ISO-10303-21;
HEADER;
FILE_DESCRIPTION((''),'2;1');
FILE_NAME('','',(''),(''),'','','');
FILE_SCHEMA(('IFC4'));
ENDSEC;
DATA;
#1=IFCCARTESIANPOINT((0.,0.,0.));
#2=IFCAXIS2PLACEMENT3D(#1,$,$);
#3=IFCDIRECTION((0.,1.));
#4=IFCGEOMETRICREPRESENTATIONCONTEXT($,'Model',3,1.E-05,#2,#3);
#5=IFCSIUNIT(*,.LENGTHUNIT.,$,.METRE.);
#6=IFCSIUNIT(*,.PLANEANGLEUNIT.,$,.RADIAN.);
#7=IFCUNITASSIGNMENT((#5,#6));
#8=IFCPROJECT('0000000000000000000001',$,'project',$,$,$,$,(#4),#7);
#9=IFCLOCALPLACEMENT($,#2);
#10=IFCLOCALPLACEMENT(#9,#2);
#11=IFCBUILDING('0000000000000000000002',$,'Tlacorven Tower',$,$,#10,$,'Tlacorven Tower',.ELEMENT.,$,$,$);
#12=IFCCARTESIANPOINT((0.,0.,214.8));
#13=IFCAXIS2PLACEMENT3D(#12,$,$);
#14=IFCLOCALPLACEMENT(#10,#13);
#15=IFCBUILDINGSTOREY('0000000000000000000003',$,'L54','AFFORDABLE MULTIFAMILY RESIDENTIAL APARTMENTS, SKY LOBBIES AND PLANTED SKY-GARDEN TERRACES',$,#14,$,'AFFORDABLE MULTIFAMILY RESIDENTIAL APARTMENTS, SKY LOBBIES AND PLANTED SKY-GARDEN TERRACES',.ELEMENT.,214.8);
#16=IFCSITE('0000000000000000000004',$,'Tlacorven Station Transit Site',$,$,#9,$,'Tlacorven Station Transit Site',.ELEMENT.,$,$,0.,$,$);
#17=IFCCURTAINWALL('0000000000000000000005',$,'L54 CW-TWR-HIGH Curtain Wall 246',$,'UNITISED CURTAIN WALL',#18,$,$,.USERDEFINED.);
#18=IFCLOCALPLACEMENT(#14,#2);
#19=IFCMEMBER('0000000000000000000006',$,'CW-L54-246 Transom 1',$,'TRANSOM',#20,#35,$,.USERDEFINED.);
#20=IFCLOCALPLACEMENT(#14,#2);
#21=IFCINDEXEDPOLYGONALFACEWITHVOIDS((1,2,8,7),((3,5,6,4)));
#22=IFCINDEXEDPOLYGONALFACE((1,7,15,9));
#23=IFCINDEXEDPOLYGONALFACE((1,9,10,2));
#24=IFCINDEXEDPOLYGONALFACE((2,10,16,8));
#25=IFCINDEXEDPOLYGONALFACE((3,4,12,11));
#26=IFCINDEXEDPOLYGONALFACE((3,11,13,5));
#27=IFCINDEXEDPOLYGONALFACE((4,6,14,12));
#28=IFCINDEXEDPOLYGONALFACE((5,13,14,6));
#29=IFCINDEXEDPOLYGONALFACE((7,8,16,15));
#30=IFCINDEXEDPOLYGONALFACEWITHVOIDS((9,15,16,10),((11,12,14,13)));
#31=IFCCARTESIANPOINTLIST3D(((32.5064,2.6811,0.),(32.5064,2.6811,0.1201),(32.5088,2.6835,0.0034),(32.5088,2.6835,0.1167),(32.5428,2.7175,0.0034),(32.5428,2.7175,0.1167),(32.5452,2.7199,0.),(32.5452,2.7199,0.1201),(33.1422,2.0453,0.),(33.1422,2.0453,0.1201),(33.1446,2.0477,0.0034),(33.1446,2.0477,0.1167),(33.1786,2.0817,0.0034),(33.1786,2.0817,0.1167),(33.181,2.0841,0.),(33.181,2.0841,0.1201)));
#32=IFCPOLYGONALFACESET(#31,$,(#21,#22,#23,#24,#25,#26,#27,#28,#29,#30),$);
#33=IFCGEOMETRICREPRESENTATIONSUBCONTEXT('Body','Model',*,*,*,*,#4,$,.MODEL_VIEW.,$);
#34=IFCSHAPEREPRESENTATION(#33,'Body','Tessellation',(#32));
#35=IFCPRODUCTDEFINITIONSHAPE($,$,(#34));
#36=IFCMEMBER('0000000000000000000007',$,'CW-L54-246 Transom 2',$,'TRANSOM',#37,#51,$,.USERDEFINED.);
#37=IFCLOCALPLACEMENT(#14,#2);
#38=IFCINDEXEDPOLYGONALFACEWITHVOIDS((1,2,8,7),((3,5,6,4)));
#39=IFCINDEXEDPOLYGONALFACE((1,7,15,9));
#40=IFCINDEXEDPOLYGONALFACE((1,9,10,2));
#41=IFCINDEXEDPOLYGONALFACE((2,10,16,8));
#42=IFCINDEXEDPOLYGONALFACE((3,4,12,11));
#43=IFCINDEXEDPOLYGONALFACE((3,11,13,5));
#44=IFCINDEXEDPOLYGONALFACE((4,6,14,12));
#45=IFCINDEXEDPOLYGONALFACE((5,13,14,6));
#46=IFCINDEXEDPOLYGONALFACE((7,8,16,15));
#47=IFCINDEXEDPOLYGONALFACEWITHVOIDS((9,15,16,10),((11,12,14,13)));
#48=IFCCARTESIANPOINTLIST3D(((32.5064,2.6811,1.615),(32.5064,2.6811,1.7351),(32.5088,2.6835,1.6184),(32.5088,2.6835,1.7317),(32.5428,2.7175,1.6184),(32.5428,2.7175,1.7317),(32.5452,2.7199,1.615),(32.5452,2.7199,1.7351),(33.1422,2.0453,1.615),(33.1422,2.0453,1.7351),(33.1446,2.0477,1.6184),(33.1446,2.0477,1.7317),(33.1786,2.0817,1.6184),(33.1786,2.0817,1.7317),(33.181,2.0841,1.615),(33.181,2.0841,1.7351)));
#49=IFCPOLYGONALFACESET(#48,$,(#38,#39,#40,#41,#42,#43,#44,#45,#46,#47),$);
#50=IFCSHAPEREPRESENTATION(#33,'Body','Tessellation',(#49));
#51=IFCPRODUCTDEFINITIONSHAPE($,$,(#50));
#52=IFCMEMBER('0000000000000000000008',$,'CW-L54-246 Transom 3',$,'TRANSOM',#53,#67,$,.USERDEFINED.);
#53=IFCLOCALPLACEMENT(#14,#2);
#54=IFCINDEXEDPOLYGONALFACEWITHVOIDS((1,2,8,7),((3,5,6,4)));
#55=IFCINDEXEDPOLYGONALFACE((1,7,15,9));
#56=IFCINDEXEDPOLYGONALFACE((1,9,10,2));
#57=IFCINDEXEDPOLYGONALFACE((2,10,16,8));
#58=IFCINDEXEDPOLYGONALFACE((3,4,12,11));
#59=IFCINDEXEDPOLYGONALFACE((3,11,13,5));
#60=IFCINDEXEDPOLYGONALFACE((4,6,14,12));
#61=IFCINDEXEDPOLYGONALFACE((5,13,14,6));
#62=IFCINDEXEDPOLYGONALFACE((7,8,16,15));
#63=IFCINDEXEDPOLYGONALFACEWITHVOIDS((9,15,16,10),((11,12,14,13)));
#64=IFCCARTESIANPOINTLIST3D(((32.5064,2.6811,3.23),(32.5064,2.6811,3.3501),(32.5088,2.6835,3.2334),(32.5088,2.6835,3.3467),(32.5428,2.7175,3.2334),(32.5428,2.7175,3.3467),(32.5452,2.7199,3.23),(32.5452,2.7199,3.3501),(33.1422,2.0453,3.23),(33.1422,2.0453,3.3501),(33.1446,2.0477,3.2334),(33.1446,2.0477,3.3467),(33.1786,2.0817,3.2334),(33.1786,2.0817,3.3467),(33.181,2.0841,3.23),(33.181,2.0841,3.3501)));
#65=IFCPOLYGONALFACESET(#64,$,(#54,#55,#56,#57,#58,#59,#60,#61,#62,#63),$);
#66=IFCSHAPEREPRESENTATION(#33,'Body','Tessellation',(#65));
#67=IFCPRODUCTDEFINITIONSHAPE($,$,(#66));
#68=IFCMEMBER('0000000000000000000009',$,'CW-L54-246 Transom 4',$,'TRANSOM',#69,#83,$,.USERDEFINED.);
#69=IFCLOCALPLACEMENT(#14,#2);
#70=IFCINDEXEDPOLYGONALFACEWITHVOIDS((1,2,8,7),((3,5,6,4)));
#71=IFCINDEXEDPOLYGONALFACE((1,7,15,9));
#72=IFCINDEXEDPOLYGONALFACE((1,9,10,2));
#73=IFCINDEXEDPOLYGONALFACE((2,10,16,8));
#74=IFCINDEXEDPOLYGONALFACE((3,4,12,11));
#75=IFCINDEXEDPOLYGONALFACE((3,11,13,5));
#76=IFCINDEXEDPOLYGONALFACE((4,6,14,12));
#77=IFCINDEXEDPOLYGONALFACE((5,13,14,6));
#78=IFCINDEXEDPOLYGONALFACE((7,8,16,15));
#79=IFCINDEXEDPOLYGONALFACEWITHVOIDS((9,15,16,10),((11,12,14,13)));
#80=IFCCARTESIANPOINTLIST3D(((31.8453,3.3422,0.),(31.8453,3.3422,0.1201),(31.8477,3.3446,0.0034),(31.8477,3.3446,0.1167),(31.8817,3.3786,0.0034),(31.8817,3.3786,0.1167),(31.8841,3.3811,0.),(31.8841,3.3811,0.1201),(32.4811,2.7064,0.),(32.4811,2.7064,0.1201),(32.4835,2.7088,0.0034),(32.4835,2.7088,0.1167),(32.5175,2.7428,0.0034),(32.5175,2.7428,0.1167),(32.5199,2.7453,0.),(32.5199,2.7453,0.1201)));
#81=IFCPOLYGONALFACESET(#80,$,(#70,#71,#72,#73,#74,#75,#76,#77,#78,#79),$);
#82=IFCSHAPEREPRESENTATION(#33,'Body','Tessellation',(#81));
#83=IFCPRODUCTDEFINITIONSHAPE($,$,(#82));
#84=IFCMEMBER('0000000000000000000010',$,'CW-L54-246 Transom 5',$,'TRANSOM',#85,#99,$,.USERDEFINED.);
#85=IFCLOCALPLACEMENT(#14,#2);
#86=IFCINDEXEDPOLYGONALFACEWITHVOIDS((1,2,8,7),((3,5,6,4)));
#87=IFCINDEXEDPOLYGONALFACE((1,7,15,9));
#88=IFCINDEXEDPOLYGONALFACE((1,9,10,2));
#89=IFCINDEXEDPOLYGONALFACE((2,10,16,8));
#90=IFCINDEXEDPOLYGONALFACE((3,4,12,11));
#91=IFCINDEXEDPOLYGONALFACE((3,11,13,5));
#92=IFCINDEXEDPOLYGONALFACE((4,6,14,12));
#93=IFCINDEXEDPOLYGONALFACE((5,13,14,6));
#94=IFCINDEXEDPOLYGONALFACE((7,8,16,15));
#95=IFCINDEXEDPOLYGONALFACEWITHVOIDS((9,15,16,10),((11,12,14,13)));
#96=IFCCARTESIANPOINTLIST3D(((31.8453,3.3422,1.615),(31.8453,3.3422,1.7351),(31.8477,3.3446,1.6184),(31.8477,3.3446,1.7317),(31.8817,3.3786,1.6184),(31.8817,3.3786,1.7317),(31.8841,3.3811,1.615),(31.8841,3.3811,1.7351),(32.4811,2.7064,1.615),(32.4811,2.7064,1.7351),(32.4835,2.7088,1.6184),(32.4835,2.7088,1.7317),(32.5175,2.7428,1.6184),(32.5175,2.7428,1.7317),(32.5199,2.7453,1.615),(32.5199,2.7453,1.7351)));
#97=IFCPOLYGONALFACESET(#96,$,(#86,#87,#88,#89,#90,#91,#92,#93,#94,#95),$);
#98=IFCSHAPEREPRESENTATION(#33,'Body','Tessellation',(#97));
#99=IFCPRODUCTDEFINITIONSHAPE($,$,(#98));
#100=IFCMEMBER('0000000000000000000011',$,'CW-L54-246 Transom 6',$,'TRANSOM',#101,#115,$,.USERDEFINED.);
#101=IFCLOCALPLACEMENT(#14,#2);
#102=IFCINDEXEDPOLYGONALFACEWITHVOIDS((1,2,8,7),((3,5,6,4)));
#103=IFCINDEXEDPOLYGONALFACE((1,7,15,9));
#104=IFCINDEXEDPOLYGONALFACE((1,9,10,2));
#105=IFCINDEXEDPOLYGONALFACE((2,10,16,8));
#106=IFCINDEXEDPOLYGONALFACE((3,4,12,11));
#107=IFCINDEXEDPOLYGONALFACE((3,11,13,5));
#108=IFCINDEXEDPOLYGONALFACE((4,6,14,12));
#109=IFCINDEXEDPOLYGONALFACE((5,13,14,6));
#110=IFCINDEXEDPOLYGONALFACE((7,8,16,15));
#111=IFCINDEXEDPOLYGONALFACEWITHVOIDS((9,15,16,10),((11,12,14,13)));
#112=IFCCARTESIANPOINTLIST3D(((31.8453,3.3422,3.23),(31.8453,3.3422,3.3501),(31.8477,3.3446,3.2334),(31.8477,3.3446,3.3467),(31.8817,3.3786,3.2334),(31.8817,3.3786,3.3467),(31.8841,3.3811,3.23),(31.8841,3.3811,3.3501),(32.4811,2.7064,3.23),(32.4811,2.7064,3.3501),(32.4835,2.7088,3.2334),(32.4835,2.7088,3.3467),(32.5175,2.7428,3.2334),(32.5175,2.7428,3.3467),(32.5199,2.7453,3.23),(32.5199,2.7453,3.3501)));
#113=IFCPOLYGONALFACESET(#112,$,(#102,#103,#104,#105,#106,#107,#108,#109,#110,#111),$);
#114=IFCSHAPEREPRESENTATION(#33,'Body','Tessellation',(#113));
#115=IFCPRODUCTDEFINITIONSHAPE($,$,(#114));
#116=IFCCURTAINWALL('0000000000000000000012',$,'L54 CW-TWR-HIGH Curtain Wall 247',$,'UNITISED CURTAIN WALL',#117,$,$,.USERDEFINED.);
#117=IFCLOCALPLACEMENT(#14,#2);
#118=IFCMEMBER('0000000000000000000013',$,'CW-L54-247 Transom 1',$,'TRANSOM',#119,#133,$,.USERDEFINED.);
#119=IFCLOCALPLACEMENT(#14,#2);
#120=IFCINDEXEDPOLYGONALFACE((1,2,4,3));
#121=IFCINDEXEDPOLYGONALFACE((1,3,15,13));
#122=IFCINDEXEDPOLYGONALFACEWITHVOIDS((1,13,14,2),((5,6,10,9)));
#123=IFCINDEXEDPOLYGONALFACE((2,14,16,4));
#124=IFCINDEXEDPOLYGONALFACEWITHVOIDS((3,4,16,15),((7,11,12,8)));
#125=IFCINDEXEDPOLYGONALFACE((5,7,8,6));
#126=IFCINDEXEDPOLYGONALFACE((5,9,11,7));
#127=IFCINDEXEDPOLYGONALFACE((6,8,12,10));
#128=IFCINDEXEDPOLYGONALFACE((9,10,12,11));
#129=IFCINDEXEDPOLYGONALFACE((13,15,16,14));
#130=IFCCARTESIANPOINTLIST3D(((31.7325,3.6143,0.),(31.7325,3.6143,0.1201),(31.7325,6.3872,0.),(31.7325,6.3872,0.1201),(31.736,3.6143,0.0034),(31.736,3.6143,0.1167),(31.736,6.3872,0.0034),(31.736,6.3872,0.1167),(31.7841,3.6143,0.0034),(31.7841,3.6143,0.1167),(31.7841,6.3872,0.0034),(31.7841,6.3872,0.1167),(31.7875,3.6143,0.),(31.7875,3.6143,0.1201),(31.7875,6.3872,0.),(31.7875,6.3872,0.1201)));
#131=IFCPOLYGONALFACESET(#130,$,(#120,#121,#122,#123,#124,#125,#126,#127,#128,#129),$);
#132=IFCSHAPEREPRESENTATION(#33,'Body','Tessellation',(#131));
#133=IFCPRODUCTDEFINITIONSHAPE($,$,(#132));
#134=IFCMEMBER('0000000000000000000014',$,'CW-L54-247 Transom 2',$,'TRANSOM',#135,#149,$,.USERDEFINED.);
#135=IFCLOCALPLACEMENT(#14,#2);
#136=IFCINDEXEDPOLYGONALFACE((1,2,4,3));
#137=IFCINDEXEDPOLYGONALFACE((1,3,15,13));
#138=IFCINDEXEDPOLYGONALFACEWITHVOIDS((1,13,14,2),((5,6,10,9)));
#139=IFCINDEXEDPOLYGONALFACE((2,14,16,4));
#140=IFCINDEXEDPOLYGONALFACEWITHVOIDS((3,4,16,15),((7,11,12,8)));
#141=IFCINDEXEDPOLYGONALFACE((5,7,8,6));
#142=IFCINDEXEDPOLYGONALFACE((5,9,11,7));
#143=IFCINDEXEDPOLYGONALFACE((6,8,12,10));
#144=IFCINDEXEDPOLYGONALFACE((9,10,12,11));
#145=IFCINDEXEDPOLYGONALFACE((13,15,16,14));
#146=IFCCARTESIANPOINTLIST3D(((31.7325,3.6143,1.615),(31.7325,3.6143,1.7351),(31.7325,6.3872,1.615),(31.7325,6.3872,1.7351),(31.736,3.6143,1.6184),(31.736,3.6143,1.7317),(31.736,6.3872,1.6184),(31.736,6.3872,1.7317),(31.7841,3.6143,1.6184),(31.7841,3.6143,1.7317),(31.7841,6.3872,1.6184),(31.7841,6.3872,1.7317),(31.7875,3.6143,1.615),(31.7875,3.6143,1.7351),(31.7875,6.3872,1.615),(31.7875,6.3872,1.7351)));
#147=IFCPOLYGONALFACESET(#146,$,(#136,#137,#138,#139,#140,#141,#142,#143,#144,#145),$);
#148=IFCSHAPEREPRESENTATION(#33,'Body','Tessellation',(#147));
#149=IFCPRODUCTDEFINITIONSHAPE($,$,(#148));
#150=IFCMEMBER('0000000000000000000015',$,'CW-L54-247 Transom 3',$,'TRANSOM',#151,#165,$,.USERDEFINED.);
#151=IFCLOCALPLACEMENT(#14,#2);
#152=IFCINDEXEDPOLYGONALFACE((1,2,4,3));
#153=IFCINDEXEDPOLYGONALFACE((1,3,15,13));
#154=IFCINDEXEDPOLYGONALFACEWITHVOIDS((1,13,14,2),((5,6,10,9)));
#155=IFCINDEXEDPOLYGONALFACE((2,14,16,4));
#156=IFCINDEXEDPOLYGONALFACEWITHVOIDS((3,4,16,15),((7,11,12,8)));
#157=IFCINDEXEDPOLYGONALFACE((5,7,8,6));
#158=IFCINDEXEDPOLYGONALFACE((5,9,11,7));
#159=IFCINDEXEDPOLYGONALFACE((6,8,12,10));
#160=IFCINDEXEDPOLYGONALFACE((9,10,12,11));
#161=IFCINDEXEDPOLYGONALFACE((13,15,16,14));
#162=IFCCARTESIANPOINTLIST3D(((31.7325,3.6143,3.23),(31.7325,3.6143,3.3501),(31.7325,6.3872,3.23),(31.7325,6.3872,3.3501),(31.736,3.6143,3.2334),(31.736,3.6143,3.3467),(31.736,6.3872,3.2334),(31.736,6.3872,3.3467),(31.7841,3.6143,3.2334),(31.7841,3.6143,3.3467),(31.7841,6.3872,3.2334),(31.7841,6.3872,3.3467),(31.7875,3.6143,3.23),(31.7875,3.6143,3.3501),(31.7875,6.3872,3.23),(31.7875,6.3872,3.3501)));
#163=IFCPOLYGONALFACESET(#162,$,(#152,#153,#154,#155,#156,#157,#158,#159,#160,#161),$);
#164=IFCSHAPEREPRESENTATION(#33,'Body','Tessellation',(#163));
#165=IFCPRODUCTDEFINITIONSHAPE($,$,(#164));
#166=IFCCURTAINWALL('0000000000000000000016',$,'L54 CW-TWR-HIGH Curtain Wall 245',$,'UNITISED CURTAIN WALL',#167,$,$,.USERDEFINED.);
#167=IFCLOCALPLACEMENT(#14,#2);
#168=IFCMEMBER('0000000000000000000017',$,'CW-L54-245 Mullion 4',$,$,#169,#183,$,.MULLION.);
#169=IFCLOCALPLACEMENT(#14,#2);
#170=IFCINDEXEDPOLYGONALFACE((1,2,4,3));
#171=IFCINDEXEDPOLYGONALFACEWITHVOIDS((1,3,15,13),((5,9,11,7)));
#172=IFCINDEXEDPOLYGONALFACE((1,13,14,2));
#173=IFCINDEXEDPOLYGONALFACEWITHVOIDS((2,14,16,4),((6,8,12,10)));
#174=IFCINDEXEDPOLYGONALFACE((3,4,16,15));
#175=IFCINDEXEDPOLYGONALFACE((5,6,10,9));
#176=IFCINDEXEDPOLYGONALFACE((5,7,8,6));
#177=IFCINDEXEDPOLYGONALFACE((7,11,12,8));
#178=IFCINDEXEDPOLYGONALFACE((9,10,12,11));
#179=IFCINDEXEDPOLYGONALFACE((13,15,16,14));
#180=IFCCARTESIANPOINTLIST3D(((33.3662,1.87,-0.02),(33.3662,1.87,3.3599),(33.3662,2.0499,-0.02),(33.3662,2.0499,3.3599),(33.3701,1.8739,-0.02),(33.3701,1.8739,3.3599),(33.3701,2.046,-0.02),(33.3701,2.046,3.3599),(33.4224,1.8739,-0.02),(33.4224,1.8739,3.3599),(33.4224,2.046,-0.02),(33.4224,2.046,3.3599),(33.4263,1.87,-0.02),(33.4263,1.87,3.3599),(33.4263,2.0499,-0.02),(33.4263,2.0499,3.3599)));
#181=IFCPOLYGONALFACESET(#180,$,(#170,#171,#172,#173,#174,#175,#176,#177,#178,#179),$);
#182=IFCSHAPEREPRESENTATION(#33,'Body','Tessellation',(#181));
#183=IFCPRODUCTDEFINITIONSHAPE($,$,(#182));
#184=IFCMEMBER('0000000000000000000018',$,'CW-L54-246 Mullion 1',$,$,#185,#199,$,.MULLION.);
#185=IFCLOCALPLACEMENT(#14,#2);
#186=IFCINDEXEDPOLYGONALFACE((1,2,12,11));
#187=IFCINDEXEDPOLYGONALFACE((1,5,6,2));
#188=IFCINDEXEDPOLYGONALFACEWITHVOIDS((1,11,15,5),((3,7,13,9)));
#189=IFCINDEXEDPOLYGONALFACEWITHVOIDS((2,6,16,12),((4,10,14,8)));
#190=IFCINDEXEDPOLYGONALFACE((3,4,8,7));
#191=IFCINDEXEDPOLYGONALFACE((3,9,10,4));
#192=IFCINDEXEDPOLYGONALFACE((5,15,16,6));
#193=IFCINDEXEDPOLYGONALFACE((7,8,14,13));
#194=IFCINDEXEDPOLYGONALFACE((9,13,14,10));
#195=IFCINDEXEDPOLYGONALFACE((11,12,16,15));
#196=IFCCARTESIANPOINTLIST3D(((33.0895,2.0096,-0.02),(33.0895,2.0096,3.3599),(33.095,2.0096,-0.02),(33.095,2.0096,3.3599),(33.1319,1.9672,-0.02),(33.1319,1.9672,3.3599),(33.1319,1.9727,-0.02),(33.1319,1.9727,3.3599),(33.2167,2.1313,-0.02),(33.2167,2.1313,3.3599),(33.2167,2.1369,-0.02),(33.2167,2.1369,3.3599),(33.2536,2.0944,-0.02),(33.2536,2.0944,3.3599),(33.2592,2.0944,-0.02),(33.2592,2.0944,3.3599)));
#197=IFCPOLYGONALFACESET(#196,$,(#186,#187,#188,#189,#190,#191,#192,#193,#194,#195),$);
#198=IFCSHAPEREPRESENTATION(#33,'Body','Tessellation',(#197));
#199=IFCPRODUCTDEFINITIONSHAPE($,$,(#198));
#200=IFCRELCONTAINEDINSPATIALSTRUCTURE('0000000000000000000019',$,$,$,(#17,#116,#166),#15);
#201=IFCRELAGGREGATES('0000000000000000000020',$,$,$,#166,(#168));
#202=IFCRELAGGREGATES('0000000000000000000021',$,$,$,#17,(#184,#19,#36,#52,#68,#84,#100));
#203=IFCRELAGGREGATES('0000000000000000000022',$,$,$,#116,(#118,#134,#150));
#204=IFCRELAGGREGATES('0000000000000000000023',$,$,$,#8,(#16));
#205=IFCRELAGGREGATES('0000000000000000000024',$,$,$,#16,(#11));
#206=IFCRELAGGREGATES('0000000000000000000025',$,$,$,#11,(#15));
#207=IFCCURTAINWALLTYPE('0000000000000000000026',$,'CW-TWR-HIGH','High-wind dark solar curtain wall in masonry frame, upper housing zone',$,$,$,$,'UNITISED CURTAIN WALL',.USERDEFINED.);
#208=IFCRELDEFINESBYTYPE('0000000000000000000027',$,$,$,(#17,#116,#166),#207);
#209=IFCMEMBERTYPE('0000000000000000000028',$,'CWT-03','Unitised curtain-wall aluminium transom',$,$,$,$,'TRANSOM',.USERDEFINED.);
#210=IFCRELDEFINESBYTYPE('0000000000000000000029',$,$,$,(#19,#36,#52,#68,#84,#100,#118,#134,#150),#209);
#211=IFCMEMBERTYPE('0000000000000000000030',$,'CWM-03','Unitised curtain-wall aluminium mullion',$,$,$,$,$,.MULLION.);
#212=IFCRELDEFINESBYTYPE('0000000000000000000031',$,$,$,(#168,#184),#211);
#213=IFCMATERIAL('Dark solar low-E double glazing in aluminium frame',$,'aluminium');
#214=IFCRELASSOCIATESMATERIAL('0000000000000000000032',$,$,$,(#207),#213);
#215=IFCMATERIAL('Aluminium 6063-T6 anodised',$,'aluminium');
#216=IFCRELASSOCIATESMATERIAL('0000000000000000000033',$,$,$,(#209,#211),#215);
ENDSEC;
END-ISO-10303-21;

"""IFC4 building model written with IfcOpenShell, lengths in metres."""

from ifc_helpers import new_model, si_unit, direction, frame, origin, origin_2d, place, context, subcontext, project, spatial, hollow_rectangle, extrude, source, transform, mapped, material, material_profile, profile_set, type_object, element, aggregate, save


model = new_model("IFC4")

# Units and contexts
model_context = context("Model", 3, precision=1e-05, world=origin(), true_north=direction((0.0, 1.0)))
body_context = subcontext(model_context, "Body", "Model", "MODEL_VIEW")
ifc_project = project(units=[si_unit("LENGTHUNIT", "METRE"), si_unit("PLANEANGLEUNIT", "RADIAN")], contexts=[model_context])

# Site, building, storey
site_placement = place(None, origin())
site = spatial("IfcSite", under=ifc_project, at=site_placement, Name="Tlacorven Station Transit Site", LongName="Tlacorven Station Transit Site", CompositionType="ELEMENT", RefElevation=0.0)
building_placement = place(site_placement, origin())
building = spatial("IfcBuilding", under=site, at=building_placement, Name="Tlacorven Tower", LongName="Tlacorven Tower", CompositionType="ELEMENT")
storey_placement = place(building_placement, frame((0.0, 0.0, 214.8)))
storey = spatial("IfcBuildingStorey", under=building, at=storey_placement, Name="L54", Description="AFFORDABLE MULTIFAMILY RESIDENTIAL APARTMENTS, SKY LOBBIES AND PLANTED SKY-GARDEN TERRACES", LongName="AFFORDABLE MULTIFAMILY RESIDENTIAL APARTMENTS, SKY LOBBIES AND PLANTED SKY-GARDEN TERRACES", CompositionType="ELEMENT", Elevation=214.8)

# Curtain walls, members
ifc_material_1 = material(Name="Dark solar low-E double glazing in aluminium frame", Category="aluminium")
curtain_wall_type = type_object("IfcCurtainWallType", Name="CW-TWR-HIGH", Description="High-wind dark solar curtain wall in masonry frame, upper housing zone", ElementType="UNITISED CURTAIN WALL", PredefinedType="USERDEFINED", material=ifc_material_1)
curtain_wall_1_placement = place(storey_placement, origin())
curtain_wall_1 = element("IfcCurtainWall", 1, at=curtain_wall_1_placement, inside=storey, type_object=curtain_wall_type, Name="L54 CW-TWR-HIGH Curtain Wall 246", ObjectType="UNITISED CURTAIN WALL", PredefinedType="USERDEFINED")
ifc_material_2 = material(Name="Aluminium 6063-T6 anodised", Category="aluminium")
ifc_material_profile_1 = material_profile(ifc_material_2, hollow_rectangle(XDim=0.0549, YDim=0.1201, WallThickness=0.0034, at=origin_2d()), Name="ALU TRANSOM 55X120")
ifc_profile_set_1 = profile_set([ifc_material_profile_1], Name="Aluminium 6063-T6 anodised")
member_type_1 = type_object("IfcMemberType", Name="CWT-03", Description="Unitised curtain-wall aluminium transom", ElementType="TRANSOM", PredefinedType="USERDEFINED", material=ifc_profile_set_1)
shared_shape_1 = source(origin(), body_context, "Body", "SweptSolid", [
    extrude(hollow_rectangle(XDim=0.0549, YDim=0.1201, WallThickness=0.0034, at=origin_2d()), origin(), (0.0, 0.0, 1.0), 0.8992),
])
member_1_placement = place(storey_placement, frame((33.1616, 2.0647, 0.0601), z_axis=(-0.707107, 0.707107, 0.0), x_axis=(-0.707107, -0.707107, 0.0)))
member_1 = element("IfcMember", 2, at=member_1_placement, type_object=member_type_1, Name="CW-L54-246 Transom 1", ObjectType="TRANSOM", PredefinedType="USERDEFINED", context=body_context, shape_type="MappedRepresentation", body=[
    mapped(shared_shape_1, transform((0.0, 0.0, 0.0), scale=1.0)),
])
member_2_placement = place(storey_placement, frame((33.1616, 2.0647, 1.675), z_axis=(-0.707107, 0.707107, 0.0), x_axis=(-0.707107, -0.707107, 0.0)))
member_2 = element("IfcMember", 3, at=member_2_placement, type_object=member_type_1, Name="CW-L54-246 Transom 2", ObjectType="TRANSOM", PredefinedType="USERDEFINED", context=body_context, shape_type="MappedRepresentation", body=[
    mapped(shared_shape_1, transform((0.0, 0.0, 0.0), scale=1.0)),
])
member_3_placement = place(storey_placement, frame((33.1616, 2.0647, 3.29), z_axis=(-0.707107, 0.707107, 0.0), x_axis=(-0.707107, -0.707107, 0.0)))
member_3 = element("IfcMember", 4, at=member_3_placement, type_object=member_type_1, Name="CW-L54-246 Transom 3", ObjectType="TRANSOM", PredefinedType="USERDEFINED", context=body_context, shape_type="MappedRepresentation", body=[
    mapped(shared_shape_1, transform((0.0, 0.0, 0.0), scale=1.0)),
])
member_4_placement = place(storey_placement, frame((32.5005, 2.7258, 0.0601), z_axis=(-0.707107, 0.707107, 0.0), x_axis=(-0.707107, -0.707107, 0.0)))
member_4 = element("IfcMember", 5, at=member_4_placement, type_object=member_type_1, Name="CW-L54-246 Transom 4", ObjectType="TRANSOM", PredefinedType="USERDEFINED", context=body_context, shape_type="MappedRepresentation", body=[
    mapped(shared_shape_1, transform((0.0, 0.0, 0.0), scale=1.0)),
])
member_5_placement = place(storey_placement, frame((32.5005, 2.7258, 1.675), z_axis=(-0.707107, 0.707107, 0.0), x_axis=(-0.707107, -0.707107, 0.0)))
member_5 = element("IfcMember", 6, at=member_5_placement, type_object=member_type_1, Name="CW-L54-246 Transom 5", ObjectType="TRANSOM", PredefinedType="USERDEFINED", context=body_context, shape_type="MappedRepresentation", body=[
    mapped(shared_shape_1, transform((0.0, 0.0, 0.0), scale=1.0)),
])
member_6_placement = place(storey_placement, frame((32.5005, 2.7258, 3.29), z_axis=(-0.707107, 0.707107, 0.0), x_axis=(-0.707107, -0.707107, 0.0)))
member_6 = element("IfcMember", 7, at=member_6_placement, type_object=member_type_1, Name="CW-L54-246 Transom 6", ObjectType="TRANSOM", PredefinedType="USERDEFINED", context=body_context, shape_type="MappedRepresentation", body=[
    mapped(shared_shape_1, transform((0.0, 0.0, 0.0), scale=1.0)),
])
curtain_wall_2_placement = place(storey_placement, origin())
curtain_wall_2 = element("IfcCurtainWall", 8, at=curtain_wall_2_placement, inside=storey, type_object=curtain_wall_type, Name="L54 CW-TWR-HIGH Curtain Wall 247", ObjectType="UNITISED CURTAIN WALL", PredefinedType="USERDEFINED")
shared_shape_2 = source(origin(), body_context, "Body", "SweptSolid", [
    extrude(hollow_rectangle(XDim=0.0549, YDim=0.1201, WallThickness=0.0034, at=origin_2d()), origin(), (0.0, 0.0, 1.0), 2.7729),
])
member_7_placement = place(storey_placement, frame((31.76, 3.6143, 0.0601), z_axis=(0.0, 1.0, 0.0), x_axis=(-1.0, 0.0, 0.0)))
member_7 = element("IfcMember", 9, at=member_7_placement, type_object=member_type_1, Name="CW-L54-247 Transom 1", ObjectType="TRANSOM", PredefinedType="USERDEFINED", context=body_context, shape_type="MappedRepresentation", body=[
    mapped(shared_shape_2, transform((0.0, 0.0, 0.0), scale=1.0)),
])
member_8_placement = place(storey_placement, frame((31.76, 3.6143, 1.675), z_axis=(0.0, 1.0, 0.0), x_axis=(-1.0, 0.0, 0.0)))
member_8 = element("IfcMember", 10, at=member_8_placement, type_object=member_type_1, Name="CW-L54-247 Transom 2", ObjectType="TRANSOM", PredefinedType="USERDEFINED", context=body_context, shape_type="MappedRepresentation", body=[
    mapped(shared_shape_2, transform((0.0, 0.0, 0.0), scale=1.0)),
])
member_9_placement = place(storey_placement, frame((31.76, 3.6143, 3.29), z_axis=(0.0, 1.0, 0.0), x_axis=(-1.0, 0.0, 0.0)))
member_9 = element("IfcMember", 11, at=member_9_placement, type_object=member_type_1, Name="CW-L54-247 Transom 3", ObjectType="TRANSOM", PredefinedType="USERDEFINED", context=body_context, shape_type="MappedRepresentation", body=[
    mapped(shared_shape_2, transform((0.0, 0.0, 0.0), scale=1.0)),
])

# Curtain wall, member
curtain_wall_3_placement = place(storey_placement, origin())
curtain_wall_3 = element("IfcCurtainWall", 12, at=curtain_wall_3_placement, inside=storey, type_object=curtain_wall_type, Name="L54 CW-TWR-HIGH Curtain Wall 245", ObjectType="UNITISED CURTAIN WALL", PredefinedType="USERDEFINED")
ifc_material_profile_2 = material_profile(ifc_material_2, hollow_rectangle(XDim=0.0601, YDim=0.1799, WallThickness=0.0039, at=origin_2d()), Name="ALU MULLION 60X180")
ifc_profile_set_2 = profile_set([ifc_material_profile_2], Name="Aluminium 6063-T6 anodised")
member_type_2 = type_object("IfcMemberType", Name="CWM-03", Description="Unitised curtain-wall aluminium mullion", PredefinedType="MULLION", material=ifc_profile_set_2)
shared_shape_3 = source(origin(), body_context, "Body", "SweptSolid", [
    extrude(hollow_rectangle(XDim=0.0601, YDim=0.1799, WallThickness=0.0039, at=origin_2d()), origin(), (0.0, 0.0, 1.0), 3.3799),
])
member_10_placement = place(storey_placement, frame((33.3962, 1.96, -0.02), z_axis=(0.0, 0.0, 1.0), x_axis=(-1.0, 0.0, 0.0)))
member_10 = element("IfcMember", 13, at=member_10_placement, type_object=member_type_2, Name="CW-L54-245 Mullion 4", PredefinedType="MULLION", context=body_context, shape_type="MappedRepresentation", body=[
    mapped(shared_shape_3, transform((0.0, 0.0, 0.0), scale=1.0)),
])
aggregate(curtain_wall_3, [member_10])

# Member
member_11_placement = place(storey_placement, frame((33.1743, 2.052, -0.02), z_axis=(0.0, 0.0, 1.0), x_axis=(-0.707107, 0.707107, 0.0)))
member_11 = element("IfcMember", 14, at=member_11_placement, type_object=member_type_2, Name="CW-L54-246 Mullion 1", PredefinedType="MULLION", context=body_context, shape_type="MappedRepresentation", body=[
    mapped(shared_shape_3, transform((0.0, 0.0, 0.0), scale=1.0)),
])

aggregate(curtain_wall_1, [member_11, member_1, member_2, member_3, member_4, member_5, member_6])
aggregate(curtain_wall_2, [member_7, member_8, member_9])

save(model, "model.ifc")
